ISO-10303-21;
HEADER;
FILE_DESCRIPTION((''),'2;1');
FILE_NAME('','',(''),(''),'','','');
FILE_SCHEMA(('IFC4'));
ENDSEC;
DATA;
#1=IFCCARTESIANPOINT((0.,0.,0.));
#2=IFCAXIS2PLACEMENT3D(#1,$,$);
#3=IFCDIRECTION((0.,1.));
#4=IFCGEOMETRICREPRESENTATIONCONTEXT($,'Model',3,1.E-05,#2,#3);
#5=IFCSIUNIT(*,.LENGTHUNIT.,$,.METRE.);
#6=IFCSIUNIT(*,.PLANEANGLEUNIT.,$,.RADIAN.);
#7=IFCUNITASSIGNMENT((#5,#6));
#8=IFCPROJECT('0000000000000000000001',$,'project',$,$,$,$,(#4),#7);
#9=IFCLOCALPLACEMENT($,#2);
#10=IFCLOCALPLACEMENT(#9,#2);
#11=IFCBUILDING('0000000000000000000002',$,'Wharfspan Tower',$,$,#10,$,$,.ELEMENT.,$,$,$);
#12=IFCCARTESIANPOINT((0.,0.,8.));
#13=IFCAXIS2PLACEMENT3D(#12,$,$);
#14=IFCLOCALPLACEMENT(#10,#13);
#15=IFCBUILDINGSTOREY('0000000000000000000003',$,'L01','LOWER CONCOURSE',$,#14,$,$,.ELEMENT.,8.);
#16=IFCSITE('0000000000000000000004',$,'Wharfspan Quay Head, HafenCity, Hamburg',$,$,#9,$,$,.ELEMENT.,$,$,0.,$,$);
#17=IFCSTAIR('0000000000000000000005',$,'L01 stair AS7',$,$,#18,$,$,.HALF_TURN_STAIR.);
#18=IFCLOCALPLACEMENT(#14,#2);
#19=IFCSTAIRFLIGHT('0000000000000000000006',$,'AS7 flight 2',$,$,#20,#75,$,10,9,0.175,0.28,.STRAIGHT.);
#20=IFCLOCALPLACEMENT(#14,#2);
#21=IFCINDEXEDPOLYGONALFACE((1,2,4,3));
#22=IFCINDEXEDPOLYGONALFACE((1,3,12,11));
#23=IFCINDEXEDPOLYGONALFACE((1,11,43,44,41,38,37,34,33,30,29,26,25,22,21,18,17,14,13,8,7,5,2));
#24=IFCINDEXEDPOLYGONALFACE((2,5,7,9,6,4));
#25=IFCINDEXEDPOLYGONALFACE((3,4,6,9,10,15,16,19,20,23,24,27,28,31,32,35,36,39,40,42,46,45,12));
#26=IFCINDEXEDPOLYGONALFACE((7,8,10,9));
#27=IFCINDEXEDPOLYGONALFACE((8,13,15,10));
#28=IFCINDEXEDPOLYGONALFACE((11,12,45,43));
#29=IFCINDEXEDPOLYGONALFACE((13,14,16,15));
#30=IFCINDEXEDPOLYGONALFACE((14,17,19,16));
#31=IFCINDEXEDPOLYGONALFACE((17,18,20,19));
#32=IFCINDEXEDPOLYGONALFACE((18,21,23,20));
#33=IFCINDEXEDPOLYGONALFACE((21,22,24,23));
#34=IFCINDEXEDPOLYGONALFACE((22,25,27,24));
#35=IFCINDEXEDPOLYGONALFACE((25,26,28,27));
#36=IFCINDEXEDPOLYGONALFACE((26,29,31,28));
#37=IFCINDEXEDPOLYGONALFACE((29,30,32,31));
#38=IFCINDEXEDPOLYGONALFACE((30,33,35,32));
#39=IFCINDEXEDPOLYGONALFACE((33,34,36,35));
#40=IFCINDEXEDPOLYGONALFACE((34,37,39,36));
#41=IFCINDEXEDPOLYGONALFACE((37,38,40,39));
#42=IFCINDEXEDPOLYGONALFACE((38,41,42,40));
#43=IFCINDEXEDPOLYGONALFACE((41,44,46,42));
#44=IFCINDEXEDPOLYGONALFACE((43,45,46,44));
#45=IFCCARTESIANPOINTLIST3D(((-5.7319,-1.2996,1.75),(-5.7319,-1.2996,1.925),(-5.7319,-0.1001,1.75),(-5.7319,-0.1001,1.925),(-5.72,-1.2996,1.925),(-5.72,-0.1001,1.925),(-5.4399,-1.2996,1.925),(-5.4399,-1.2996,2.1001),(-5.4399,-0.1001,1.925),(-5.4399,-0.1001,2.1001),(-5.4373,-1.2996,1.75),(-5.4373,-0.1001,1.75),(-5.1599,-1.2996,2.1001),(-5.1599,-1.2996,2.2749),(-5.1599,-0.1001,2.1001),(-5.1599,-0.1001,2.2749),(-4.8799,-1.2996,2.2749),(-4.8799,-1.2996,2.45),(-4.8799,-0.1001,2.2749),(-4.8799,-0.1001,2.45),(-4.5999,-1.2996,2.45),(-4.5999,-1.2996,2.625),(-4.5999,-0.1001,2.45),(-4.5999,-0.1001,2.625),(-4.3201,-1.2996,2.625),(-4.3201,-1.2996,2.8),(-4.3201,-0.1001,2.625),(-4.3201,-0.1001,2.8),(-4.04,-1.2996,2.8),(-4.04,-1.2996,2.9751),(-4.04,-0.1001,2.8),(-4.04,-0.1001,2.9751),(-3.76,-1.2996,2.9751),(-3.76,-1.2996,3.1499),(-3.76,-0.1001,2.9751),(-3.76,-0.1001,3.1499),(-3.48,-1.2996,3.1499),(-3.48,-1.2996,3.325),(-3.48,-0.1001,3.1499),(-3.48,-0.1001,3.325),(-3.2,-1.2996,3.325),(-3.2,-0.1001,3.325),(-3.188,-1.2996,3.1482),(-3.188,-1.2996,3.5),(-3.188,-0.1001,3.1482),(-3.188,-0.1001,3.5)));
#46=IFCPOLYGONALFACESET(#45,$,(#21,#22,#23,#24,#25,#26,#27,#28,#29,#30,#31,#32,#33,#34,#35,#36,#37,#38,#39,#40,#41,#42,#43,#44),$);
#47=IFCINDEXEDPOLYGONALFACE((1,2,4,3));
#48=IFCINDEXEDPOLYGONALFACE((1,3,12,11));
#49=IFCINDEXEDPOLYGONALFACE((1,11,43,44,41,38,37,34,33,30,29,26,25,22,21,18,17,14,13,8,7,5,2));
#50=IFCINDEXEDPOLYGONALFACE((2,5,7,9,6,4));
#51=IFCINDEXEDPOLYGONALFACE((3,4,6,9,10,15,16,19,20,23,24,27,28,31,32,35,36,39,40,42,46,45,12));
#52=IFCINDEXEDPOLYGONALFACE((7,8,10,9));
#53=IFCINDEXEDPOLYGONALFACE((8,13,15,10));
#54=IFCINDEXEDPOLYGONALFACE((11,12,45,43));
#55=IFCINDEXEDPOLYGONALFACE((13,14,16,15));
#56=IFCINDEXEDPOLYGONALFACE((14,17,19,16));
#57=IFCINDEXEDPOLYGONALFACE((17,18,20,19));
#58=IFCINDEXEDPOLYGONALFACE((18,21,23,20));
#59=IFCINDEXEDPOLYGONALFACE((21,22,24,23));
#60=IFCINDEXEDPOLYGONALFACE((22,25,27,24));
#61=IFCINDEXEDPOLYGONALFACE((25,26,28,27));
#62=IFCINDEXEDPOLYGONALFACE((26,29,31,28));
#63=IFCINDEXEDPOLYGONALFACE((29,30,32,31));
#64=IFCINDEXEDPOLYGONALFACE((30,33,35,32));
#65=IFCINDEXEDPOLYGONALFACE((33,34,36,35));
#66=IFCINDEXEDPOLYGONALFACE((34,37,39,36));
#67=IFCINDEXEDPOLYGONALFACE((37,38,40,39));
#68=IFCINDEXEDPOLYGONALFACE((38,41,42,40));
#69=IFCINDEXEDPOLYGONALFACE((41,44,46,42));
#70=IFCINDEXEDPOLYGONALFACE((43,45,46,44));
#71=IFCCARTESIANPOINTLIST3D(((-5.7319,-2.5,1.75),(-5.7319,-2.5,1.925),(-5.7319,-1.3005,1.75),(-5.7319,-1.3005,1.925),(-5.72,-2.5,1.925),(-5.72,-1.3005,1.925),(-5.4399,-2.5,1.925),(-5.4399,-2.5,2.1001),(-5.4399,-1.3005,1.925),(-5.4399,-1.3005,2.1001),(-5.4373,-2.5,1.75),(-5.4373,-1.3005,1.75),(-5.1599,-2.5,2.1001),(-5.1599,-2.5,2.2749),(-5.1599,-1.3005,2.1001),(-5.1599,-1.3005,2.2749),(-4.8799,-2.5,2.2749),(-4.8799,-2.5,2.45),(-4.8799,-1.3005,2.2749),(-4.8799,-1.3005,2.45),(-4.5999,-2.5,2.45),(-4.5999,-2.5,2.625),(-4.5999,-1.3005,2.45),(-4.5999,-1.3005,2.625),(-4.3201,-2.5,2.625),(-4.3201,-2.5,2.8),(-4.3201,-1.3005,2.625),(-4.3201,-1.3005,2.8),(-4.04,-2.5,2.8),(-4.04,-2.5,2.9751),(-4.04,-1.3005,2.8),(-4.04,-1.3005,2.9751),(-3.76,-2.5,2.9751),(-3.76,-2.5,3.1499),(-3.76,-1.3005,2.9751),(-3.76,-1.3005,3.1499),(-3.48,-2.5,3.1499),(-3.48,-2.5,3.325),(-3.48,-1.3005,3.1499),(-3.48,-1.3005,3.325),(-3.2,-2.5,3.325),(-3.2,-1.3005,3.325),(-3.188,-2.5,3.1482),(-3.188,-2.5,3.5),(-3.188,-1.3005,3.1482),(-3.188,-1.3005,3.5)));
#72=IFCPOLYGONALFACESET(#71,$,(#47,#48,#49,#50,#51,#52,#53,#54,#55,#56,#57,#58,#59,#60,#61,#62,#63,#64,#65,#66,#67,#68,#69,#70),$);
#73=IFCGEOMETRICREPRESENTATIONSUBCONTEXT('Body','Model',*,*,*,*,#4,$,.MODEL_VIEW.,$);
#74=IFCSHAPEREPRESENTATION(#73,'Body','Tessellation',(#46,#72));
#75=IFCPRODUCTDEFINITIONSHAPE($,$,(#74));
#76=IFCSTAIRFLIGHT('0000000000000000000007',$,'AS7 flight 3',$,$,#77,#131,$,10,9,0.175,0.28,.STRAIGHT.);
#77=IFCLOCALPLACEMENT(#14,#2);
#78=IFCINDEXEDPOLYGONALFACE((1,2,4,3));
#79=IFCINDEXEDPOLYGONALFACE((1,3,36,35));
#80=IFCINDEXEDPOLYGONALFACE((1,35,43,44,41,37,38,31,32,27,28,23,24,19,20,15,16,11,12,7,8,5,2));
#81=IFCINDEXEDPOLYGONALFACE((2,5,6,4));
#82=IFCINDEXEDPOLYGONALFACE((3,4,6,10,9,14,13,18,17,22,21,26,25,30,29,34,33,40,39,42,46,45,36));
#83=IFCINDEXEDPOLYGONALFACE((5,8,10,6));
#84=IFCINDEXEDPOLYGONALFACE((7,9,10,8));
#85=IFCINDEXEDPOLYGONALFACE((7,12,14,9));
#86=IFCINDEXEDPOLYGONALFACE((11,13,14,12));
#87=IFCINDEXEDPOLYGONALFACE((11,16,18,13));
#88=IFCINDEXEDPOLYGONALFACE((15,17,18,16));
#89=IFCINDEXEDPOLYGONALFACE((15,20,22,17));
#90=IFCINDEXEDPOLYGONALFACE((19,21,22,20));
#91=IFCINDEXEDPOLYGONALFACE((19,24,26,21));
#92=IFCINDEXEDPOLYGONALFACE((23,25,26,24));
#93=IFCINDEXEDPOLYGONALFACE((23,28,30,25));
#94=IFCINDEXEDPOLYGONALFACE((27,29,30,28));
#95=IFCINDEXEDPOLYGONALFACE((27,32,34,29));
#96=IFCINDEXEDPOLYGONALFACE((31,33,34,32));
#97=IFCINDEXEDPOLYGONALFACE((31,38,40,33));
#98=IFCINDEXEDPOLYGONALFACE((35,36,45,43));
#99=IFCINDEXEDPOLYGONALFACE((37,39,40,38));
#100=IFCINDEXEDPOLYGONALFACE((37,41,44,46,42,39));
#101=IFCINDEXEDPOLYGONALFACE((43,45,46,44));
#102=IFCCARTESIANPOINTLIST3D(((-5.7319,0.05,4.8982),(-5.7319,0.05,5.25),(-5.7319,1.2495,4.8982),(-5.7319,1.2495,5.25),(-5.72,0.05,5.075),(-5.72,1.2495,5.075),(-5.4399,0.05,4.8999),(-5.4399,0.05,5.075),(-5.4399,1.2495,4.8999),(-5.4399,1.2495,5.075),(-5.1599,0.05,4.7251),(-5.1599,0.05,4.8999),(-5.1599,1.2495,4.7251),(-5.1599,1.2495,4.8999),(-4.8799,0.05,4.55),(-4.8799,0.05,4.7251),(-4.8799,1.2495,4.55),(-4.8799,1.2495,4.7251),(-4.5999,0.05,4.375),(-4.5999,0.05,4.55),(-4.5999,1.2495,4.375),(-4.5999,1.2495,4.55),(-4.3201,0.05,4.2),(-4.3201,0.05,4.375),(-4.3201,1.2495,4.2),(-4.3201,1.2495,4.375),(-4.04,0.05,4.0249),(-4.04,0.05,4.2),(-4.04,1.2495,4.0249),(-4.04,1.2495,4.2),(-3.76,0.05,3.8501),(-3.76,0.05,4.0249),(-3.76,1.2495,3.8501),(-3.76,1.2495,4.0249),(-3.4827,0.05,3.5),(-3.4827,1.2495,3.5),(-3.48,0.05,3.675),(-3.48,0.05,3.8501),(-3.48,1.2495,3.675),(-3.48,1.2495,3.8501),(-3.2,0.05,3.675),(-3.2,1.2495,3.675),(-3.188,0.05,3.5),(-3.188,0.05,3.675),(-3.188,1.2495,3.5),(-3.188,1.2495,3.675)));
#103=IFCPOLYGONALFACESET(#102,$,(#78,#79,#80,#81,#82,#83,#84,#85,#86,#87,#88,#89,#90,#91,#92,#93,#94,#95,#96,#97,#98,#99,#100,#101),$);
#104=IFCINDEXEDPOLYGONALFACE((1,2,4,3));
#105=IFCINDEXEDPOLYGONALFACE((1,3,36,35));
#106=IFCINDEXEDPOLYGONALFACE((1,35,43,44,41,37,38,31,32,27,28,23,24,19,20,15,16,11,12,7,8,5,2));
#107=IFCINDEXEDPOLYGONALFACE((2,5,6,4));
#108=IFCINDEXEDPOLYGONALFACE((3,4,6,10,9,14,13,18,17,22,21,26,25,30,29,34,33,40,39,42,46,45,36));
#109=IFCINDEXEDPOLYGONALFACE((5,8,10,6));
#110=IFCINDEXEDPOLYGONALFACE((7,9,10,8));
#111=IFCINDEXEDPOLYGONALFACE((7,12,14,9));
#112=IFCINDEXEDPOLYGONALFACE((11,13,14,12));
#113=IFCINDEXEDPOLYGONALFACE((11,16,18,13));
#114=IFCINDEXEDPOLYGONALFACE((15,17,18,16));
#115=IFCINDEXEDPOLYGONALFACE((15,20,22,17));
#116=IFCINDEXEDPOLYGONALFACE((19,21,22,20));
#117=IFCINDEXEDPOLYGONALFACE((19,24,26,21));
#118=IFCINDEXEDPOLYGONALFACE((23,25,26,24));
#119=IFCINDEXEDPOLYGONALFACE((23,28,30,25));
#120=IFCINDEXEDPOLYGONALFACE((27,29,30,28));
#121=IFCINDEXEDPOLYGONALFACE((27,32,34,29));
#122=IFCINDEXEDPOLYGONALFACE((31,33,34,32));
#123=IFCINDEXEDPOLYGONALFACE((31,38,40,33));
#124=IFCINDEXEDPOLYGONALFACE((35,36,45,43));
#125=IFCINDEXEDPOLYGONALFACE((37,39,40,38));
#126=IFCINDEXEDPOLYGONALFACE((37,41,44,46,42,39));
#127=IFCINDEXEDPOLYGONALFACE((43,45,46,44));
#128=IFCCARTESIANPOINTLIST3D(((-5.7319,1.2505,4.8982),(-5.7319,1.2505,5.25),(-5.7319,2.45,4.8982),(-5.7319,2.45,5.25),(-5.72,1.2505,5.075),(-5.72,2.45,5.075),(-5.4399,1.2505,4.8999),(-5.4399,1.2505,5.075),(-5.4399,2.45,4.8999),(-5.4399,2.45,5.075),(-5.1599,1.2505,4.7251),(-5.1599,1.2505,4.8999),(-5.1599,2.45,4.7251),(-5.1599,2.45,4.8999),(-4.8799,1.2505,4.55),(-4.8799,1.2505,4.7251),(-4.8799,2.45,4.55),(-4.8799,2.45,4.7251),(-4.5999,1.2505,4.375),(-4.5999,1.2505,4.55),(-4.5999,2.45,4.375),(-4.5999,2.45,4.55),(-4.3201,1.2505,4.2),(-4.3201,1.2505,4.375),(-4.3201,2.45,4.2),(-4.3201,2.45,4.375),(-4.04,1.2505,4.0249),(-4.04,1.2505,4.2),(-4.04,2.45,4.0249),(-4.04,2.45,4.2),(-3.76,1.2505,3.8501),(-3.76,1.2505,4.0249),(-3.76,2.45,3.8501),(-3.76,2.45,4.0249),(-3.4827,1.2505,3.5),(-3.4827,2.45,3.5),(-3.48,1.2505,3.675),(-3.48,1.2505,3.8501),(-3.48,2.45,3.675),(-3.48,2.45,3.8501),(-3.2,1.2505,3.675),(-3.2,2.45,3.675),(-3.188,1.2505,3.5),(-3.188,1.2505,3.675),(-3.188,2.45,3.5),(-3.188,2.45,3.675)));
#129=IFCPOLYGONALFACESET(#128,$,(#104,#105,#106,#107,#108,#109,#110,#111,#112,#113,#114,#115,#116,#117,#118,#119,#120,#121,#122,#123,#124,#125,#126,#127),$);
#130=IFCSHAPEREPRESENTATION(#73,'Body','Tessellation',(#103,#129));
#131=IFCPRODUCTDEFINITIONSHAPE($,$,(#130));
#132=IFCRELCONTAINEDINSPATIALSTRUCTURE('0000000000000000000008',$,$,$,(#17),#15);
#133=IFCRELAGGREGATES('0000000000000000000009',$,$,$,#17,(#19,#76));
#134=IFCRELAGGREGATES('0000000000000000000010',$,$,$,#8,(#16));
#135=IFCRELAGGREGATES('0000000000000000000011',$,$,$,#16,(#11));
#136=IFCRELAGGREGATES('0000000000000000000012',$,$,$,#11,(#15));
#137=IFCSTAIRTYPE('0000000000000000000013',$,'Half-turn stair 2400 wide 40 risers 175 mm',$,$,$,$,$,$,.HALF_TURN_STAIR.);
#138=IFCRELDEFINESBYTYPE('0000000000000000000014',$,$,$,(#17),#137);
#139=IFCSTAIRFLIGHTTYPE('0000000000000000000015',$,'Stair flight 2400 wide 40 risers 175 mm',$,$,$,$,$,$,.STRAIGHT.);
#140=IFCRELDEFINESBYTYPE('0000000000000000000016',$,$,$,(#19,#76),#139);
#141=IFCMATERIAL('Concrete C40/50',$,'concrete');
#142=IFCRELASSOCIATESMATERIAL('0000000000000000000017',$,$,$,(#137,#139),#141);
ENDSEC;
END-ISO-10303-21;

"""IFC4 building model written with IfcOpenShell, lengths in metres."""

from ifc_helpers import new_model, si_unit, direction, frame, origin, place, context, subcontext, project, spatial, polyline, outline, extrude, material, type_object, element, aggregate, save


model = new_model("IFC4")

# Units and contexts
model_context = context("Model", 3, precision=1e-05, world=origin(), true_north=direction((0.0, 1.0)))
body_context = subcontext(model_context, "Body", "Model", "MODEL_VIEW")
ifc_project = project(units=[si_unit("LENGTHUNIT", "METRE"), si_unit("PLANEANGLEUNIT", "RADIAN")], contexts=[model_context])

# Site, building, storey
site_placement = place(None, origin())
site = spatial("IfcSite", under=ifc_project, at=site_placement, Name="Wharfspan Quay Head, HafenCity, Hamburg", CompositionType="ELEMENT", RefElevation=0.0)
building_placement = place(site_placement, origin())
building = spatial("IfcBuilding", under=site, at=building_placement, Name="Wharfspan Tower", CompositionType="ELEMENT")
storey_placement = place(building_placement, frame((0.0, 0.0, 8.0)))
storey = spatial("IfcBuildingStorey", under=building, at=storey_placement, Name="L01", Description="LOWER CONCOURSE", CompositionType="ELEMENT", Elevation=8.0)

# Shared definitions
ifc_material_1 = material(Name="Concrete C40/50", Category="concrete")

# Stair, stair flights
stair_type = type_object("IfcStairType", Name="Half-turn stair 2400 wide 40 risers 175 mm", PredefinedType="HALF_TURN_STAIR", material=ifc_material_1)
stair_placement = place(storey_placement, origin())
stair = element("IfcStair", 1, at=stair_placement, inside=storey, type_object=stair_type, Name="L01 stair AS7", PredefinedType="HALF_TURN_STAIR")
stair_flight_type = type_object("IfcStairFlightType", Name="Stair flight 2400 wide 40 risers 175 mm", PredefinedType="STRAIGHT", material=ifc_material_1)
stair_flight_1_placement = place(storey_placement, frame((-5.72, -1.3, 1.75), z_axis=(0.0, 0.0, 1.0), x_axis=(1.0, 0.0, 0.0)))
stair_flight_1 = element("IfcStairFlight", 2, at=stair_flight_1_placement, type_object=stair_flight_type, Name="AS7 flight 2", NumberOfRisers=10, NumberOfTreads=9, PredefinedType="STRAIGHT", RiserHeight=0.175, TreadLength=0.28, context=body_context, shape_type="SweptSolid", body=[
    extrude(outline(polyline([(-0.012, 0.0), (-0.012, 0.175), (0.0, 0.175), (0.28, 0.175), (0.28, 0.3501), (0.5601, 0.3501), (0.5601, 0.5249), (0.8401, 0.5249), (0.8401, 0.7), (1.1201, 0.7), (1.1201, 0.875), (1.3999, 0.875), (1.3999, 1.05), (1.6799, 1.05), (1.6799, 1.2251), (1.96, 1.2251), (1.96, 1.3999), (2.24, 1.3999), (2.24, 1.575), (2.52, 1.575), (2.532, 1.75), (2.532, 1.3982), (0.2827, 0.0), (-0.012, 0.0)])), frame((0.0, 1.2, 0.0), z_axis=(0.0, -1.0, 0.0), x_axis=(1.0, 0.0, 0.0)), (0.0, 0.0, 1.0), 1.1995),
    extrude(outline(polyline([(-0.012, 0.0), (-0.012, 0.175), (0.0, 0.175), (0.28, 0.175), (0.28, 0.3501), (0.5601, 0.3501), (0.5601, 0.5249), (0.8401, 0.5249), (0.8401, 0.7), (1.1201, 0.7), (1.1201, 0.875), (1.3999, 0.875), (1.3999, 1.05), (1.6799, 1.05), (1.6799, 1.2251), (1.96, 1.2251), (1.96, 1.3999), (2.24, 1.3999), (2.24, 1.575), (2.52, 1.575), (2.532, 1.75), (2.532, 1.3982), (0.2827, 0.0), (-0.012, 0.0)])), frame((0.0, -0.0005, 0.0), z_axis=(0.0, -1.0, 0.0), x_axis=(1.0, 0.0, 0.0)), (0.0, 0.0, 1.0), 1.1995),
])
stair_flight_2_placement = place(storey_placement, frame((-3.2, 1.25, 3.5), z_axis=(0.0, 0.0, 1.0), x_axis=(-1.0, 0.0, 0.0)))
stair_flight_2 = element("IfcStairFlight", 3, at=stair_flight_2_placement, type_object=stair_flight_type, Name="AS7 flight 3", NumberOfRisers=10, NumberOfTreads=9, PredefinedType="STRAIGHT", RiserHeight=0.175, TreadLength=0.28, context=body_context, shape_type="SweptSolid", body=[
    extrude(outline(polyline([(-0.012, 0.0), (-0.012, 0.175), (0.0, 0.175), (0.28, 0.175), (0.28, 0.3501), (0.5601, 0.3501), (0.5601, 0.5249), (0.8401, 0.5249), (0.8401, 0.7), (1.1201, 0.7), (1.1201, 0.875), (1.3999, 0.875), (1.3999, 1.05), (1.6799, 1.05), (1.6799, 1.2251), (1.96, 1.2251), (1.96, 1.3999), (2.24, 1.3999), (2.24, 1.575), (2.52, 1.575), (2.532, 1.75), (2.532, 1.3982), (0.2827, 0.0), (-0.012, 0.0)])), frame((0.0, 1.2, 0.0), z_axis=(0.0, -1.0, 0.0), x_axis=(1.0, 0.0, 0.0)), (0.0, 0.0, 1.0), 1.1995),
    extrude(outline(polyline([(-0.012, 0.0), (-0.012, 0.175), (0.0, 0.175), (0.28, 0.175), (0.28, 0.3501), (0.5601, 0.3501), (0.5601, 0.5249), (0.8401, 0.5249), (0.8401, 0.7), (1.1201, 0.7), (1.1201, 0.875), (1.3999, 0.875), (1.3999, 1.05), (1.6799, 1.05), (1.6799, 1.2251), (1.96, 1.2251), (1.96, 1.3999), (2.24, 1.3999), (2.24, 1.575), (2.52, 1.575), (2.532, 1.75), (2.532, 1.3982), (0.2827, 0.0), (-0.012, 0.0)])), frame((0.0, -0.0005, 0.0), z_axis=(0.0, -1.0, 0.0), x_axis=(1.0, 0.0, 0.0)), (0.0, 0.0, 1.0), 1.1995),
])
aggregate(stair, [stair_flight_1, stair_flight_2])

save(model, "model.ifc")
